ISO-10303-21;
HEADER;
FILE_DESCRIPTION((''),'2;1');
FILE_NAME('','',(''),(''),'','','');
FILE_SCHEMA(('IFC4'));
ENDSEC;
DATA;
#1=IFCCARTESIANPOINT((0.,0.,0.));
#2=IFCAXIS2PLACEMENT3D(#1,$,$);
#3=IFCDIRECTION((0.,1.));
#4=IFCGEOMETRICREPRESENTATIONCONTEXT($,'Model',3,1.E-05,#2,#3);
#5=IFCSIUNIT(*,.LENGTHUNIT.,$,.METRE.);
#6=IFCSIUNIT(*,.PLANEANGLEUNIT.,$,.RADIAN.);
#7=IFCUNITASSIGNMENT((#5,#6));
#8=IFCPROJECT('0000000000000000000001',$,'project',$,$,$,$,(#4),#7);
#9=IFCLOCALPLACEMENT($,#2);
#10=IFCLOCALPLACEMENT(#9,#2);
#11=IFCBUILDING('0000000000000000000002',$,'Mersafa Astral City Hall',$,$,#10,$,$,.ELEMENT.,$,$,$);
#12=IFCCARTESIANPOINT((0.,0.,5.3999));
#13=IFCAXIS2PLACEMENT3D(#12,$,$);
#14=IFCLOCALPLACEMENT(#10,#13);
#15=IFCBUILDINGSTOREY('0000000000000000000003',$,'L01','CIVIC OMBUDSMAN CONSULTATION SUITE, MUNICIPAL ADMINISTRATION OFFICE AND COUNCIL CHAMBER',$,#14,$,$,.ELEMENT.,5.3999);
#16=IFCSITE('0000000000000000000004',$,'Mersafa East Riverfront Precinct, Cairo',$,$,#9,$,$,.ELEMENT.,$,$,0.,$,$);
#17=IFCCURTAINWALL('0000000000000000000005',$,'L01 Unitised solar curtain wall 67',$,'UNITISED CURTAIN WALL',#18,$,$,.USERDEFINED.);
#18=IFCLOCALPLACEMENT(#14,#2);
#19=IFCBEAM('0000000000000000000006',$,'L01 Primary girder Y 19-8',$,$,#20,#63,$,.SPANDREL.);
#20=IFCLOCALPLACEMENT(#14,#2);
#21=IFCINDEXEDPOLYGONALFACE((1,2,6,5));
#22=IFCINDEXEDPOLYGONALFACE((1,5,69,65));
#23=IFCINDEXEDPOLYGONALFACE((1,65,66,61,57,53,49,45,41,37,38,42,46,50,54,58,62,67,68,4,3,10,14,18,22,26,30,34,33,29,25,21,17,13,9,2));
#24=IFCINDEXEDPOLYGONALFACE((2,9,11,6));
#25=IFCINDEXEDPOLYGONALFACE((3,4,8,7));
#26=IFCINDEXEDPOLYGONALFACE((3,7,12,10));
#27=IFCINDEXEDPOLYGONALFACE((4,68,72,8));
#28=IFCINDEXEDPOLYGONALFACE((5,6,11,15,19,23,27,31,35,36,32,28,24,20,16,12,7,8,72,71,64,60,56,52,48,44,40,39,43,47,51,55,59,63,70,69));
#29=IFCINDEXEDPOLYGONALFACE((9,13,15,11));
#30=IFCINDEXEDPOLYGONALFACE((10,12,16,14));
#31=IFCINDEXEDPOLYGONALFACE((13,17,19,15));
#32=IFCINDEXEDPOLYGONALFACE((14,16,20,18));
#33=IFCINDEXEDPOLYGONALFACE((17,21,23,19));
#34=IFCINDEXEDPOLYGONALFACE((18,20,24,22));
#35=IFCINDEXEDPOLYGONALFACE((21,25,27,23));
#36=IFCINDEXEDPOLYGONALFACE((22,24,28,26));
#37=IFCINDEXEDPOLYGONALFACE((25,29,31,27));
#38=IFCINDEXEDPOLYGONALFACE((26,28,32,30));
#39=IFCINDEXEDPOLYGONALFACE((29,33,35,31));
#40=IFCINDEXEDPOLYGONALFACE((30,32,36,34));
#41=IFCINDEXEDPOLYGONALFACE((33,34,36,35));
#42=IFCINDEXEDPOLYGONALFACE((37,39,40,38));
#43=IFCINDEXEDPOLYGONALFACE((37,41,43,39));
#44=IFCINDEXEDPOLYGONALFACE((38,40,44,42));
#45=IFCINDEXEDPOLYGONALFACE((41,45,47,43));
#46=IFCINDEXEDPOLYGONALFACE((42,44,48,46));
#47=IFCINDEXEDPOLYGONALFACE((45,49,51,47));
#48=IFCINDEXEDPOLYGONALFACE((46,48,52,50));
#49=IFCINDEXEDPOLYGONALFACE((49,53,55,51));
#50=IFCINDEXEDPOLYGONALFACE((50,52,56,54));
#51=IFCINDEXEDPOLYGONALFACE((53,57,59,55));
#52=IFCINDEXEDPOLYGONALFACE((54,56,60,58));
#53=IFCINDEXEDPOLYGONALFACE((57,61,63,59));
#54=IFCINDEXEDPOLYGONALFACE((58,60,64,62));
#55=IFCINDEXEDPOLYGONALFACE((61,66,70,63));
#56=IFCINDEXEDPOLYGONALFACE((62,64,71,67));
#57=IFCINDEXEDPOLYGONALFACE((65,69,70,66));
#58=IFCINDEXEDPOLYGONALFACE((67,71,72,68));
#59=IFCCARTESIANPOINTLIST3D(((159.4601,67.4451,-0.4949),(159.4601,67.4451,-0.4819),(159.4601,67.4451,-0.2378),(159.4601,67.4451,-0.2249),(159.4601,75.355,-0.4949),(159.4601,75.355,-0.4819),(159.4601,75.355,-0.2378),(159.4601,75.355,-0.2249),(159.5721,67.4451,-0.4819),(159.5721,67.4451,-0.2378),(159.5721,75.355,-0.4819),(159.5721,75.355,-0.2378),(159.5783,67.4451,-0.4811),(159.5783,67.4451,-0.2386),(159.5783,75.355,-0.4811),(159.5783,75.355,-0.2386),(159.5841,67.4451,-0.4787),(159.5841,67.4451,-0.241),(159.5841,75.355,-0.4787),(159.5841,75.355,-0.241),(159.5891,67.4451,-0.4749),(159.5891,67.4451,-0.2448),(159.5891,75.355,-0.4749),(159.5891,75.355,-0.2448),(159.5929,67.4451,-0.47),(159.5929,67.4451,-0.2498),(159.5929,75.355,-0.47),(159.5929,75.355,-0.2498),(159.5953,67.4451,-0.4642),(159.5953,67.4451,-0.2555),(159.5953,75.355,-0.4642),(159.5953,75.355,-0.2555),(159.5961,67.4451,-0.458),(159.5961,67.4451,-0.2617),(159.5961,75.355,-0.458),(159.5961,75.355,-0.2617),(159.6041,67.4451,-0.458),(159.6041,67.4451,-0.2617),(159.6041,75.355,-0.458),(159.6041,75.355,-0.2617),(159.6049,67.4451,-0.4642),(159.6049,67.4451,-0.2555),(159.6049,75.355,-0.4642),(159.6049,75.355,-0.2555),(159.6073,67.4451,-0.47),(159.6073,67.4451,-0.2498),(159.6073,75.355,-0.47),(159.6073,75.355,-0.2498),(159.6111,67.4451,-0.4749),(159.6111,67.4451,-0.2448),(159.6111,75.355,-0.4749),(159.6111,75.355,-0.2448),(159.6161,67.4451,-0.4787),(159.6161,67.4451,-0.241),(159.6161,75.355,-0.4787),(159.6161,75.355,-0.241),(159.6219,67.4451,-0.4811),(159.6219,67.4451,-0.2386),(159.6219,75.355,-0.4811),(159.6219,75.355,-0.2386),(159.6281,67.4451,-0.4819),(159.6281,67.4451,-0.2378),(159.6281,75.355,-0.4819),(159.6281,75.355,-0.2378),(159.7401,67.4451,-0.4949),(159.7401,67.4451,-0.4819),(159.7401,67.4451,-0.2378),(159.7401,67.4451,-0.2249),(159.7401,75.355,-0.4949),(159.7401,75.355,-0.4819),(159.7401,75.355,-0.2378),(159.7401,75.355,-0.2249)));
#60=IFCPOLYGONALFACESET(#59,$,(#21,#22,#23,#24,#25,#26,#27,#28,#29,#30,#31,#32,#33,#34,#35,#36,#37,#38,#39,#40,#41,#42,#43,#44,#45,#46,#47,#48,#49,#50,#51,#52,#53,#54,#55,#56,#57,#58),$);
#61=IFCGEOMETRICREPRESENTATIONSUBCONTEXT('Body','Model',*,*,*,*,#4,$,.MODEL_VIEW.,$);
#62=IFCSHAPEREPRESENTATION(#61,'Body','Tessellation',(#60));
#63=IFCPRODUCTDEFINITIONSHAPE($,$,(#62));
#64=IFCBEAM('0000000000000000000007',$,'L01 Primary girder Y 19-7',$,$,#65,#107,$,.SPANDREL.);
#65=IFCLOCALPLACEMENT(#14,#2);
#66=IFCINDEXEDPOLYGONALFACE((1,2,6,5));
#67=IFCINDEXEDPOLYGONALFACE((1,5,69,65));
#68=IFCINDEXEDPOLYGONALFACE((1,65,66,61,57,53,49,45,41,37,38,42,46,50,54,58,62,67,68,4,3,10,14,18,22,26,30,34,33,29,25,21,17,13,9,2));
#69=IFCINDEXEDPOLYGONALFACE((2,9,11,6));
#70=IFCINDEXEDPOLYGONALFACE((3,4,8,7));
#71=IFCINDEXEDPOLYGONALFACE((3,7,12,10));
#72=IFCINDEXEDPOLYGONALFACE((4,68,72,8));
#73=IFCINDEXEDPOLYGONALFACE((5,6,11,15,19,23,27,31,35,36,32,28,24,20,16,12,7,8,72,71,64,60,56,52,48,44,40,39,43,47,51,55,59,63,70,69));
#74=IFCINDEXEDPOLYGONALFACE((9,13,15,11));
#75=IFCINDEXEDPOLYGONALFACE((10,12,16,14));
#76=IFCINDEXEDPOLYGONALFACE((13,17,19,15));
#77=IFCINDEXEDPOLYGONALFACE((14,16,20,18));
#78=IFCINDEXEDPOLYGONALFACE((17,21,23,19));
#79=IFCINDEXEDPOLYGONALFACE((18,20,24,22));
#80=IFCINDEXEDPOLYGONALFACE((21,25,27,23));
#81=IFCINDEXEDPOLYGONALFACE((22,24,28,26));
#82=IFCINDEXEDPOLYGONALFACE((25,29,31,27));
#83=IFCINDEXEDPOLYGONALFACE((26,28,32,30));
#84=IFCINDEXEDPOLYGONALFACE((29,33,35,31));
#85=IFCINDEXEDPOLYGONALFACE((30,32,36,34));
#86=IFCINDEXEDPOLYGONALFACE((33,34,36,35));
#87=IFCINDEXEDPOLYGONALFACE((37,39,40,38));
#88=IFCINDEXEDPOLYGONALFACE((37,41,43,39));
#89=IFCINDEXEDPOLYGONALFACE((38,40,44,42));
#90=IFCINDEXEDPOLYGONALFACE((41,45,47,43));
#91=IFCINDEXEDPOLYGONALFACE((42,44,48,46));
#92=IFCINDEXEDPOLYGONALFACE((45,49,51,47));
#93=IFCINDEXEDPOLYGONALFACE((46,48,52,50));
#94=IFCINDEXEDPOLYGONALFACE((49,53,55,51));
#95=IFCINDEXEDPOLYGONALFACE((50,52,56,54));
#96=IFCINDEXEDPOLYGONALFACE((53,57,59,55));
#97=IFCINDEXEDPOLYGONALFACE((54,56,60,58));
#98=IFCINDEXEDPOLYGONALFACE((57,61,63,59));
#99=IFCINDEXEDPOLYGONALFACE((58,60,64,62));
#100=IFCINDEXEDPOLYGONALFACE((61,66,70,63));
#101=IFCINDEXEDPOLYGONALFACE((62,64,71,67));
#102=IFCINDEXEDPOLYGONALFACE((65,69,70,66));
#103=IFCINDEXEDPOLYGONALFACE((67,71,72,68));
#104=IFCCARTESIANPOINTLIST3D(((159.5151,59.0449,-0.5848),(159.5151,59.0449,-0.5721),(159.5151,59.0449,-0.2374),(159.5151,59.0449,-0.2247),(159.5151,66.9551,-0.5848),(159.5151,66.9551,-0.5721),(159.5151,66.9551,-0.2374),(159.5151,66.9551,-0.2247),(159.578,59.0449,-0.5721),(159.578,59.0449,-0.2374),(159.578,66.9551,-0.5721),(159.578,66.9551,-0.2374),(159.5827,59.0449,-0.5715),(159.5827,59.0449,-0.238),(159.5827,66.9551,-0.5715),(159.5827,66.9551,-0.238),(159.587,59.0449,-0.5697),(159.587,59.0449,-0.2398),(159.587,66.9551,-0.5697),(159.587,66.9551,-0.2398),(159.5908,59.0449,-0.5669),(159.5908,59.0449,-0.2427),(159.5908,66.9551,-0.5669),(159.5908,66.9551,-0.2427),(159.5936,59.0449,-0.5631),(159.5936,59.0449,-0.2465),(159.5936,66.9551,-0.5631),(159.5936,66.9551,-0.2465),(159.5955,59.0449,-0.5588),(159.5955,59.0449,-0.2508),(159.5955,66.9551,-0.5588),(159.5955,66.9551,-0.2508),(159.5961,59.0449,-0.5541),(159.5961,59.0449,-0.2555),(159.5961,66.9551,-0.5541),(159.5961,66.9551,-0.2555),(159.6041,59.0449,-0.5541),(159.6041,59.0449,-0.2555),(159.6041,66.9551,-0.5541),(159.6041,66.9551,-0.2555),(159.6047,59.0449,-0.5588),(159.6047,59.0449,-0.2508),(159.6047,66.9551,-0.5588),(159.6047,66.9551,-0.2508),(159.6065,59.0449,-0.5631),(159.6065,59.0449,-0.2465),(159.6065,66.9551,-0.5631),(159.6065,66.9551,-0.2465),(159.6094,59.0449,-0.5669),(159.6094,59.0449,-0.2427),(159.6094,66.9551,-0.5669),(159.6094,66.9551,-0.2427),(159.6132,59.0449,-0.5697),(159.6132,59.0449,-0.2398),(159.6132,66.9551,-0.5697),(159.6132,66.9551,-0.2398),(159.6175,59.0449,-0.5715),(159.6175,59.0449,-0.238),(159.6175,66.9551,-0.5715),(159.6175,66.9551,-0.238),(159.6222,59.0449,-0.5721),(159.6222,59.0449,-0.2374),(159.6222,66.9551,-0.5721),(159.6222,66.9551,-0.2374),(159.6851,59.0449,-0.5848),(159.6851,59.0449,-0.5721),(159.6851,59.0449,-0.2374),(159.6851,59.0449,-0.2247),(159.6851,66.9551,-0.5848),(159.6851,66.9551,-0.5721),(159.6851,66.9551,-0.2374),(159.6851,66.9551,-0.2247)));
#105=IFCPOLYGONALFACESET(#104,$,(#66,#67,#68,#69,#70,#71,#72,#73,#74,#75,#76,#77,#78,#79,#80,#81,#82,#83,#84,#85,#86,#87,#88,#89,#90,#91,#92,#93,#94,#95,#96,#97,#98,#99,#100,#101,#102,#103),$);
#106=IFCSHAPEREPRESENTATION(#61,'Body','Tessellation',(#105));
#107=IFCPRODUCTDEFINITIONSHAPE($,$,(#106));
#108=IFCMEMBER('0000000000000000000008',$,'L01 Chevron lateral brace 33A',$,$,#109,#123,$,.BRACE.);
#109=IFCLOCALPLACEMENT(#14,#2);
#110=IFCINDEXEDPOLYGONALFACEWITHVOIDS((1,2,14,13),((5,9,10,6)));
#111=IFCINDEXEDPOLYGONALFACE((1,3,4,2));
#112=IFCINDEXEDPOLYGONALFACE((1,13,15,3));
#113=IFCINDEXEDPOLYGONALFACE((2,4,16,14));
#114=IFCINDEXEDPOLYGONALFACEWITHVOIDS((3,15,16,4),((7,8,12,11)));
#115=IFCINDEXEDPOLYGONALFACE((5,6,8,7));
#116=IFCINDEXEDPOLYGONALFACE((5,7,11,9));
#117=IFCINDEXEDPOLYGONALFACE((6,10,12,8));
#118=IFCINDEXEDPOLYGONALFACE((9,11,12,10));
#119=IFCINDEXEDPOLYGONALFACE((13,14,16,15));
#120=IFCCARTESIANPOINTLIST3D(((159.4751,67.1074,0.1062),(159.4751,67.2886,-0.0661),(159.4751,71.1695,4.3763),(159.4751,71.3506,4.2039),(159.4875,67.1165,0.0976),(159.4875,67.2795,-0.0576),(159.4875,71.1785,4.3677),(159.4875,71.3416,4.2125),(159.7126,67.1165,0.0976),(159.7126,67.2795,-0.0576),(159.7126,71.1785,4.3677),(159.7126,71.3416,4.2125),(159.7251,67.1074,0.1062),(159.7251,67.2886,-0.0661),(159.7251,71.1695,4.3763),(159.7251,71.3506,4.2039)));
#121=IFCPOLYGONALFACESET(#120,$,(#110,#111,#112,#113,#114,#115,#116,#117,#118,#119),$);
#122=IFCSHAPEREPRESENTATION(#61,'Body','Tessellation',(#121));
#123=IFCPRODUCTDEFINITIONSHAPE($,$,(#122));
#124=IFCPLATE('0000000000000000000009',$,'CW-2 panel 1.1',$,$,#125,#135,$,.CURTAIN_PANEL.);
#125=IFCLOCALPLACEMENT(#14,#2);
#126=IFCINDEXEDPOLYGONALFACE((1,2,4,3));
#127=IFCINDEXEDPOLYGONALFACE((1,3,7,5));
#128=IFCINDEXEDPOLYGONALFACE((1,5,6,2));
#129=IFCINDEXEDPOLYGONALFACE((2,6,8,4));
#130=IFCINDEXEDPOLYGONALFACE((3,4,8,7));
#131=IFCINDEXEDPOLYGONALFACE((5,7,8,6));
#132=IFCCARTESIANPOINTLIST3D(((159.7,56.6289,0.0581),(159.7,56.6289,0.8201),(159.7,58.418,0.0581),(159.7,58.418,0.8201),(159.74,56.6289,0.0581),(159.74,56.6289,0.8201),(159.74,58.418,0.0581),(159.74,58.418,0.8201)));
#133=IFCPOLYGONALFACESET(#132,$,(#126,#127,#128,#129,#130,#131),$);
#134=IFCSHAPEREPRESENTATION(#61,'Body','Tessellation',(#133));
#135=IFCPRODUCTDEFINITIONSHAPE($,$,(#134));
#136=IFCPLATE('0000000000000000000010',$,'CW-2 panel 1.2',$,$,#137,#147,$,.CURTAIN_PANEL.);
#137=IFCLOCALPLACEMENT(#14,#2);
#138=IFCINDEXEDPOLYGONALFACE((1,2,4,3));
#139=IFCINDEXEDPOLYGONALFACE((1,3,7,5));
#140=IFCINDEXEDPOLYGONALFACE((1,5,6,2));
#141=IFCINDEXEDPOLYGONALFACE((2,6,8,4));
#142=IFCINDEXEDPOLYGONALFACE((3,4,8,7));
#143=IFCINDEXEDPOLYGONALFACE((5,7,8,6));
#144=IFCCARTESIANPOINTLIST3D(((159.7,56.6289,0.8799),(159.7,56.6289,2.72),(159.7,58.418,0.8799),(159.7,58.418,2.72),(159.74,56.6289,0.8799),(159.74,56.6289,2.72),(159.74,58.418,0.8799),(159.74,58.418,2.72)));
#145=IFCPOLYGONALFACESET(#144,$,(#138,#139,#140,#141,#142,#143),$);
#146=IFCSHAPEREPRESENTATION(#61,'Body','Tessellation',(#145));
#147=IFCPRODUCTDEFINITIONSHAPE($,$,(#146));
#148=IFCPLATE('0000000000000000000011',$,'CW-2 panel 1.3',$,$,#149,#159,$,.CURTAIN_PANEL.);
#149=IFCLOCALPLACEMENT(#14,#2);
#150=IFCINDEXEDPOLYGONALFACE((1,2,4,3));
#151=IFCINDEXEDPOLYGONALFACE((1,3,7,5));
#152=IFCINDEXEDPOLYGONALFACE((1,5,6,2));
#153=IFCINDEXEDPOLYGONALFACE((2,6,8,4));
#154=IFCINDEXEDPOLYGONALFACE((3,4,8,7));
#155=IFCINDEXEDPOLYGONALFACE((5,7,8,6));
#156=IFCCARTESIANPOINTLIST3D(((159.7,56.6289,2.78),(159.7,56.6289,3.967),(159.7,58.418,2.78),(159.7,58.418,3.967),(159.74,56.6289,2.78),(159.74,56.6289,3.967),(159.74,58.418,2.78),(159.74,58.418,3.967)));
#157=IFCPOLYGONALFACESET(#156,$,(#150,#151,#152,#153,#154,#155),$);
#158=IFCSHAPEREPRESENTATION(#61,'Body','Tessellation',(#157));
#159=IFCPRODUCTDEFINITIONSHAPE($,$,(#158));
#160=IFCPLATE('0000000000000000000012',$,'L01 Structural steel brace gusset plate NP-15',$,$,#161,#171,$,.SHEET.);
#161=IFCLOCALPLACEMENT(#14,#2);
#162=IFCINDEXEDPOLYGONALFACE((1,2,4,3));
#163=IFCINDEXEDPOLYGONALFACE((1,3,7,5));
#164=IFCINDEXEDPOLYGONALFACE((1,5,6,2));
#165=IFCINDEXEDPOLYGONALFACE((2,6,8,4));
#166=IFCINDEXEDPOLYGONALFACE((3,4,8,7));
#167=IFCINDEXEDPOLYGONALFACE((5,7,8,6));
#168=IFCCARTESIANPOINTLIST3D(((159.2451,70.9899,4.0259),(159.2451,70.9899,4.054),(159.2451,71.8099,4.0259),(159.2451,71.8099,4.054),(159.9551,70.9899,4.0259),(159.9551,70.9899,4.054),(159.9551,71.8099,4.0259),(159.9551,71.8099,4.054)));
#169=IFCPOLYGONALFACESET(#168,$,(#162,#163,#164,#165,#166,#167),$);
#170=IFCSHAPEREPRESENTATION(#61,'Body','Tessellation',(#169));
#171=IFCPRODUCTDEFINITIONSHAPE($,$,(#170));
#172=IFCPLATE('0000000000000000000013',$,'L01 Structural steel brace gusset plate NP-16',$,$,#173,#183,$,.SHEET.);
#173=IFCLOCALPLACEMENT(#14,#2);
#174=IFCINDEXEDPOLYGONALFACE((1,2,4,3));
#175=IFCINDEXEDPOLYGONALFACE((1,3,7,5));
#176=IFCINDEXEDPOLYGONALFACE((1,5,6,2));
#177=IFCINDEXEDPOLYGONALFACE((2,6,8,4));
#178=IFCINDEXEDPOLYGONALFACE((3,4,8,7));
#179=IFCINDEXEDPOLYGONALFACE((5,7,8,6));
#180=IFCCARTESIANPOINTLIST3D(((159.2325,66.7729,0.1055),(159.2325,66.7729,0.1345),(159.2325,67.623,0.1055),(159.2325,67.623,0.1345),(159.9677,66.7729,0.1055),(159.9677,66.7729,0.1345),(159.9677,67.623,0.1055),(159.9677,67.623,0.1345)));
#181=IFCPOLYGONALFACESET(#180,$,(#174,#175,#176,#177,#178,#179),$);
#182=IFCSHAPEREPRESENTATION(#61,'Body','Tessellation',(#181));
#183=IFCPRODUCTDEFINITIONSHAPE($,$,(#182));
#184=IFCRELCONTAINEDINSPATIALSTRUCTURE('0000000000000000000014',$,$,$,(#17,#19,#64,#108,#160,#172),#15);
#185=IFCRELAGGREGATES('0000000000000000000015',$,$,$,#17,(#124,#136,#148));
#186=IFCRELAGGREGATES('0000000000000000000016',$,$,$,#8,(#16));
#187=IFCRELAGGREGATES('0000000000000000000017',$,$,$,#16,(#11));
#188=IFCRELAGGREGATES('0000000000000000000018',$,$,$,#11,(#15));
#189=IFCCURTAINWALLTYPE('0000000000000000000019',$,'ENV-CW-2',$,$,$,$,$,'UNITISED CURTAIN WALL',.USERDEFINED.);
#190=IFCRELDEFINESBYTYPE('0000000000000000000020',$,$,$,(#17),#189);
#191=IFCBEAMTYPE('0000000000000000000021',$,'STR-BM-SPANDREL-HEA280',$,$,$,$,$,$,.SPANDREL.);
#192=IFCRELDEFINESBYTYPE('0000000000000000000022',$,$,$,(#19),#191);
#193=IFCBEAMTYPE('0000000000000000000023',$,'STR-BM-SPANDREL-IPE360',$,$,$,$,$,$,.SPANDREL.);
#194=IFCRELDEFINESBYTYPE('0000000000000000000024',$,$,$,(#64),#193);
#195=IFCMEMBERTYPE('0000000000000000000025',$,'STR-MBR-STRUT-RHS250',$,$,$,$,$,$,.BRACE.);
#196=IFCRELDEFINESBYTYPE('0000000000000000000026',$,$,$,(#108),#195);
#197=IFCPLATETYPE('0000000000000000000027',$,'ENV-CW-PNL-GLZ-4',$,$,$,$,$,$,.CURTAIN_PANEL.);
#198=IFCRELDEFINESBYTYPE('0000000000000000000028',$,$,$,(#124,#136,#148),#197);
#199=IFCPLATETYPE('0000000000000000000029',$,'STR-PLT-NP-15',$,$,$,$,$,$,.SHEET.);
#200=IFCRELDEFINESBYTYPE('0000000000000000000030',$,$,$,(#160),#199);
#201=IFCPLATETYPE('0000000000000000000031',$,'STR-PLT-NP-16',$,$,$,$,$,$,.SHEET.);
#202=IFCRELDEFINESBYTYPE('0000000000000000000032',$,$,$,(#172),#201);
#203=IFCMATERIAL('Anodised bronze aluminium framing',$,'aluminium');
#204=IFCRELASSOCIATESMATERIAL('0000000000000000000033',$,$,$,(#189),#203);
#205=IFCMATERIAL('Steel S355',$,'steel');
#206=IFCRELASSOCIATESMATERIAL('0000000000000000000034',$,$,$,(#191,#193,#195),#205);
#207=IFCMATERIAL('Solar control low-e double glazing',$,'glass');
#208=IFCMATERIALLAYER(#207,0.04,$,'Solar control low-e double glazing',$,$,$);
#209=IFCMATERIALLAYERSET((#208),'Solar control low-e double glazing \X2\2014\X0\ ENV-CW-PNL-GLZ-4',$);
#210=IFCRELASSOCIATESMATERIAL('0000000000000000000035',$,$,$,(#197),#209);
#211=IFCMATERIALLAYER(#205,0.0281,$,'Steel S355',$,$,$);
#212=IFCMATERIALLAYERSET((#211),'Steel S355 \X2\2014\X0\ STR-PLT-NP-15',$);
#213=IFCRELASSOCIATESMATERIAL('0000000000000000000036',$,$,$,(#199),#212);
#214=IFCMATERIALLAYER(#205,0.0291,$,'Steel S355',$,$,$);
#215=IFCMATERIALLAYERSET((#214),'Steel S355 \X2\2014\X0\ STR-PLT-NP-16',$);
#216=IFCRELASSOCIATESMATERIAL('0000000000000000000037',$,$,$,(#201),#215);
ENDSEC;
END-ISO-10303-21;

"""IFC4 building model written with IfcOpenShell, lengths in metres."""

from ifc_helpers import new_model, si_unit, direction, frame, origin, origin_2d, place, context, subcontext, project, spatial, rectangle, hollow_rectangle, i_section, extrude, material, layer, layer_set, material_profile, profile_set, type_object, element, aggregate, save


model = new_model("IFC4")

# Units and contexts
model_context = context("Model", 3, precision=1e-05, world=origin(), true_north=direction((0.0, 1.0)))
body_context = subcontext(model_context, "Body", "Model", "MODEL_VIEW")
ifc_project = project(units=[si_unit("LENGTHUNIT", "METRE"), si_unit("PLANEANGLEUNIT", "RADIAN")], contexts=[model_context])

# Site, building, storey
site_placement = place(None, origin())
site = spatial("IfcSite", under=ifc_project, at=site_placement, Name="Mersafa East Riverfront Precinct, Cairo", CompositionType="ELEMENT", RefElevation=0.0)
building_placement = place(site_placement, origin())
building = spatial("IfcBuilding", under=site, at=building_placement, Name="Mersafa Astral City Hall", CompositionType="ELEMENT")
storey_placement = place(building_placement, frame((0.0, 0.0, 5.3999)))
storey = spatial("IfcBuildingStorey", under=building, at=storey_placement, Name="L01", Description="CIVIC OMBUDSMAN CONSULTATION SUITE, MUNICIPAL ADMINISTRATION OFFICE AND COUNCIL CHAMBER", CompositionType="ELEMENT", Elevation=5.3999)

# Shared definitions
ifc_material_1 = material(Name="Steel S355", Category="steel")

# Curtain wall
ifc_material_2 = material(Name="Anodised bronze aluminium framing", Category="aluminium")
curtain_wall_type = type_object("IfcCurtainWallType", Name="ENV-CW-2", ElementType="UNITISED CURTAIN WALL", PredefinedType="USERDEFINED", material=ifc_material_2)
curtain_wall_placement = place(storey_placement, origin())
curtain_wall = element("IfcCurtainWall", 1, at=curtain_wall_placement, inside=storey, type_object=curtain_wall_type, Name="L01 Unitised solar curtain wall 67", ObjectType="UNITISED CURTAIN WALL", PredefinedType="USERDEFINED")

# Beams
ifc_material_profile_1 = material_profile(ifc_material_1, i_section(OverallWidth=0.28, OverallDepth=0.27, WebThickness=0.0081, FlangeThickness=0.0129, FilletRadius=0.0239, at=origin_2d()), Name="HEA 280")
ifc_profile_set_1 = profile_set([ifc_material_profile_1], Name="Steel S355")
beam_type_1 = type_object("IfcBeamType", Name="STR-BM-SPANDREL-HEA280", PredefinedType="SPANDREL", material=ifc_profile_set_1)
beam_1_placement = place(storey_placement, frame((159.6001, 67.4451, -0.3599), z_axis=(0.0, 1.0, 0.0), x_axis=(-1.0, 0.0, 0.0)))
element("IfcBeam", 2, at=beam_1_placement, inside=storey, type_object=beam_type_1, Name="L01 Primary girder Y 19-8", PredefinedType="SPANDREL", context=body_context, shape_type="SweptSolid", body=[
    extrude(i_section(OverallWidth=0.28, OverallDepth=0.27, WebThickness=0.0081, FlangeThickness=0.0129, FilletRadius=0.0239, at=origin_2d()), origin(), (0.0, 0.0, 1.0), 7.9099),
])
ifc_material_profile_2 = material_profile(ifc_material_1, i_section(OverallWidth=0.1699, OverallDepth=0.3601, WebThickness=0.0081, FlangeThickness=0.0127, FilletRadius=0.0181, at=origin_2d()), Name="IPE 360")
ifc_profile_set_2 = profile_set([ifc_material_profile_2], Name="Steel S355")
beam_type_2 = type_object("IfcBeamType", Name="STR-BM-SPANDREL-IPE360", PredefinedType="SPANDREL", material=ifc_profile_set_2)
beam_2_placement = place(storey_placement, frame((159.6001, 59.0449, -0.4048), z_axis=(0.0, 1.0, 0.0), x_axis=(-1.0, 0.0, 0.0)))
element("IfcBeam", 3, at=beam_2_placement, inside=storey, type_object=beam_type_2, Name="L01 Primary girder Y 19-7", PredefinedType="SPANDREL", context=body_context, shape_type="SweptSolid", body=[
    extrude(i_section(OverallWidth=0.1699, OverallDepth=0.3601, WebThickness=0.0081, FlangeThickness=0.0127, FilletRadius=0.0181, at=origin_2d()), origin(), (0.0, 0.0, 1.0), 7.9102),
])

# Member
ifc_material_profile_3 = material_profile(ifc_material_1, hollow_rectangle(XDim=0.25, YDim=0.25, WallThickness=0.0125, at=origin_2d()), Name="RHS 250x250x12.5")
ifc_profile_set_3 = profile_set([ifc_material_profile_3], Name="Steel S355")
member_type_1 = type_object("IfcMemberType", Name="STR-MBR-STRUT-RHS250", PredefinedType="BRACE", material=ifc_profile_set_3)
member_1_placement = place(storey_placement, frame((159.6001, 67.198, 0.02), z_axis=(0.0, 0.689239, 0.724534), x_axis=(-1.0, 0.0, 0.0)))
element("IfcMember", 4, at=member_1_placement, inside=storey, type_object=member_type_1, Name="L01 Chevron lateral brace 33A", PredefinedType="BRACE", context=body_context, shape_type="SweptSolid", body=[
    extrude(hollow_rectangle(XDim=0.25, YDim=0.25, WallThickness=0.0125, at=origin_2d()), origin(), (0.0, 0.0, 1.0), 5.8936),
])

# Plates
ifc_material_3 = material(Name="Solar control low-e double glazing", Category="glass")
ifc_layer_1 = layer(ifc_material_3, 0.04, Name="Solar control low-e double glazing")
ifc_layer_set_1 = layer_set([ifc_layer_1], Name="Solar control low-e double glazing — ENV-CW-PNL-GLZ-4")
plate_type_1 = type_object("IfcPlateType", Name="ENV-CW-PNL-GLZ-4", PredefinedType="CURTAIN_PANEL", material=ifc_layer_set_1)
plate_1_placement = place(storey_placement, frame((159.72, 57.5234, 0.0581), z_axis=(0.0, 0.0, 1.0), x_axis=(0.0, -1.0, 0.0)))
plate_1 = element("IfcPlate", 5, at=plate_1_placement, type_object=plate_type_1, Name="CW-2 panel 1.1", PredefinedType="CURTAIN_PANEL", context=body_context, shape_type="SweptSolid", body=[
    extrude(rectangle(XDim=1.7891, YDim=0.04, at=origin_2d()), origin(), (0.0, 0.0, 1.0), 0.762),
])
plate_2_placement = place(storey_placement, frame((159.72, 57.5234, 0.8799), z_axis=(0.0, 0.0, 1.0), x_axis=(0.0, -1.0, 0.0)))
plate_2 = element("IfcPlate", 6, at=plate_2_placement, type_object=plate_type_1, Name="CW-2 panel 1.2", PredefinedType="CURTAIN_PANEL", context=body_context, shape_type="SweptSolid", body=[
    extrude(rectangle(XDim=1.7891, YDim=0.04, at=origin_2d()), origin(), (0.0, 0.0, 1.0), 1.8401),
])
plate_3_placement = place(storey_placement, frame((159.72, 57.5234, 2.78), z_axis=(0.0, 0.0, 1.0), x_axis=(0.0, -1.0, 0.0)))
plate_3 = element("IfcPlate", 7, at=plate_3_placement, type_object=plate_type_1, Name="CW-2 panel 1.3", PredefinedType="CURTAIN_PANEL", context=body_context, shape_type="SweptSolid", body=[
    extrude(rectangle(XDim=1.7891, YDim=0.04, at=origin_2d()), origin(), (0.0, 0.0, 1.0), 1.187),
])
aggregate(curtain_wall, [plate_1, plate_2, plate_3])

# Plates
ifc_layer_2 = layer(ifc_material_1, 0.0281, Name="Steel S355")
ifc_layer_set_2 = layer_set([ifc_layer_2], Name="Steel S355 — STR-PLT-NP-15")
plate_type_2 = type_object("IfcPlateType", Name="STR-PLT-NP-15", PredefinedType="SHEET", material=ifc_layer_set_2)
plate_4_placement = place(storey_placement, frame((159.6001, 71.3999, 4.0259), z_axis=(0.0, 0.0, 1.0), x_axis=(1.0, 0.0, 0.0)))
element("IfcPlate", 8, at=plate_4_placement, inside=storey, type_object=plate_type_2, Name="L01 Structural steel brace gusset plate NP-15", PredefinedType="SHEET", context=body_context, shape_type="SweptSolid", body=[
    extrude(rectangle(XDim=0.71, YDim=0.8201, at=origin_2d()), origin(), (0.0, 0.0, 1.0), 0.0281),
])
ifc_layer_3 = layer(ifc_material_1, 0.0291, Name="Steel S355")
ifc_layer_set_3 = layer_set([ifc_layer_3], Name="Steel S355 — STR-PLT-NP-16")
plate_type_3 = type_object("IfcPlateType", Name="STR-PLT-NP-16", PredefinedType="SHEET", material=ifc_layer_set_3)
plate_5_placement = place(storey_placement, frame((159.6001, 67.198, 0.1055), z_axis=(0.0, 0.0, 1.0), x_axis=(1.0, 0.0, 0.0)))
element("IfcPlate", 9, at=plate_5_placement, inside=storey, type_object=plate_type_3, Name="L01 Structural steel brace gusset plate NP-16", PredefinedType="SHEET", context=body_context, shape_type="SweptSolid", body=[
    extrude(rectangle(XDim=0.7351, YDim=0.8501, at=origin_2d()), origin(), (0.0, 0.0, 1.0), 0.0291),
])

save(model, "model.ifc")
